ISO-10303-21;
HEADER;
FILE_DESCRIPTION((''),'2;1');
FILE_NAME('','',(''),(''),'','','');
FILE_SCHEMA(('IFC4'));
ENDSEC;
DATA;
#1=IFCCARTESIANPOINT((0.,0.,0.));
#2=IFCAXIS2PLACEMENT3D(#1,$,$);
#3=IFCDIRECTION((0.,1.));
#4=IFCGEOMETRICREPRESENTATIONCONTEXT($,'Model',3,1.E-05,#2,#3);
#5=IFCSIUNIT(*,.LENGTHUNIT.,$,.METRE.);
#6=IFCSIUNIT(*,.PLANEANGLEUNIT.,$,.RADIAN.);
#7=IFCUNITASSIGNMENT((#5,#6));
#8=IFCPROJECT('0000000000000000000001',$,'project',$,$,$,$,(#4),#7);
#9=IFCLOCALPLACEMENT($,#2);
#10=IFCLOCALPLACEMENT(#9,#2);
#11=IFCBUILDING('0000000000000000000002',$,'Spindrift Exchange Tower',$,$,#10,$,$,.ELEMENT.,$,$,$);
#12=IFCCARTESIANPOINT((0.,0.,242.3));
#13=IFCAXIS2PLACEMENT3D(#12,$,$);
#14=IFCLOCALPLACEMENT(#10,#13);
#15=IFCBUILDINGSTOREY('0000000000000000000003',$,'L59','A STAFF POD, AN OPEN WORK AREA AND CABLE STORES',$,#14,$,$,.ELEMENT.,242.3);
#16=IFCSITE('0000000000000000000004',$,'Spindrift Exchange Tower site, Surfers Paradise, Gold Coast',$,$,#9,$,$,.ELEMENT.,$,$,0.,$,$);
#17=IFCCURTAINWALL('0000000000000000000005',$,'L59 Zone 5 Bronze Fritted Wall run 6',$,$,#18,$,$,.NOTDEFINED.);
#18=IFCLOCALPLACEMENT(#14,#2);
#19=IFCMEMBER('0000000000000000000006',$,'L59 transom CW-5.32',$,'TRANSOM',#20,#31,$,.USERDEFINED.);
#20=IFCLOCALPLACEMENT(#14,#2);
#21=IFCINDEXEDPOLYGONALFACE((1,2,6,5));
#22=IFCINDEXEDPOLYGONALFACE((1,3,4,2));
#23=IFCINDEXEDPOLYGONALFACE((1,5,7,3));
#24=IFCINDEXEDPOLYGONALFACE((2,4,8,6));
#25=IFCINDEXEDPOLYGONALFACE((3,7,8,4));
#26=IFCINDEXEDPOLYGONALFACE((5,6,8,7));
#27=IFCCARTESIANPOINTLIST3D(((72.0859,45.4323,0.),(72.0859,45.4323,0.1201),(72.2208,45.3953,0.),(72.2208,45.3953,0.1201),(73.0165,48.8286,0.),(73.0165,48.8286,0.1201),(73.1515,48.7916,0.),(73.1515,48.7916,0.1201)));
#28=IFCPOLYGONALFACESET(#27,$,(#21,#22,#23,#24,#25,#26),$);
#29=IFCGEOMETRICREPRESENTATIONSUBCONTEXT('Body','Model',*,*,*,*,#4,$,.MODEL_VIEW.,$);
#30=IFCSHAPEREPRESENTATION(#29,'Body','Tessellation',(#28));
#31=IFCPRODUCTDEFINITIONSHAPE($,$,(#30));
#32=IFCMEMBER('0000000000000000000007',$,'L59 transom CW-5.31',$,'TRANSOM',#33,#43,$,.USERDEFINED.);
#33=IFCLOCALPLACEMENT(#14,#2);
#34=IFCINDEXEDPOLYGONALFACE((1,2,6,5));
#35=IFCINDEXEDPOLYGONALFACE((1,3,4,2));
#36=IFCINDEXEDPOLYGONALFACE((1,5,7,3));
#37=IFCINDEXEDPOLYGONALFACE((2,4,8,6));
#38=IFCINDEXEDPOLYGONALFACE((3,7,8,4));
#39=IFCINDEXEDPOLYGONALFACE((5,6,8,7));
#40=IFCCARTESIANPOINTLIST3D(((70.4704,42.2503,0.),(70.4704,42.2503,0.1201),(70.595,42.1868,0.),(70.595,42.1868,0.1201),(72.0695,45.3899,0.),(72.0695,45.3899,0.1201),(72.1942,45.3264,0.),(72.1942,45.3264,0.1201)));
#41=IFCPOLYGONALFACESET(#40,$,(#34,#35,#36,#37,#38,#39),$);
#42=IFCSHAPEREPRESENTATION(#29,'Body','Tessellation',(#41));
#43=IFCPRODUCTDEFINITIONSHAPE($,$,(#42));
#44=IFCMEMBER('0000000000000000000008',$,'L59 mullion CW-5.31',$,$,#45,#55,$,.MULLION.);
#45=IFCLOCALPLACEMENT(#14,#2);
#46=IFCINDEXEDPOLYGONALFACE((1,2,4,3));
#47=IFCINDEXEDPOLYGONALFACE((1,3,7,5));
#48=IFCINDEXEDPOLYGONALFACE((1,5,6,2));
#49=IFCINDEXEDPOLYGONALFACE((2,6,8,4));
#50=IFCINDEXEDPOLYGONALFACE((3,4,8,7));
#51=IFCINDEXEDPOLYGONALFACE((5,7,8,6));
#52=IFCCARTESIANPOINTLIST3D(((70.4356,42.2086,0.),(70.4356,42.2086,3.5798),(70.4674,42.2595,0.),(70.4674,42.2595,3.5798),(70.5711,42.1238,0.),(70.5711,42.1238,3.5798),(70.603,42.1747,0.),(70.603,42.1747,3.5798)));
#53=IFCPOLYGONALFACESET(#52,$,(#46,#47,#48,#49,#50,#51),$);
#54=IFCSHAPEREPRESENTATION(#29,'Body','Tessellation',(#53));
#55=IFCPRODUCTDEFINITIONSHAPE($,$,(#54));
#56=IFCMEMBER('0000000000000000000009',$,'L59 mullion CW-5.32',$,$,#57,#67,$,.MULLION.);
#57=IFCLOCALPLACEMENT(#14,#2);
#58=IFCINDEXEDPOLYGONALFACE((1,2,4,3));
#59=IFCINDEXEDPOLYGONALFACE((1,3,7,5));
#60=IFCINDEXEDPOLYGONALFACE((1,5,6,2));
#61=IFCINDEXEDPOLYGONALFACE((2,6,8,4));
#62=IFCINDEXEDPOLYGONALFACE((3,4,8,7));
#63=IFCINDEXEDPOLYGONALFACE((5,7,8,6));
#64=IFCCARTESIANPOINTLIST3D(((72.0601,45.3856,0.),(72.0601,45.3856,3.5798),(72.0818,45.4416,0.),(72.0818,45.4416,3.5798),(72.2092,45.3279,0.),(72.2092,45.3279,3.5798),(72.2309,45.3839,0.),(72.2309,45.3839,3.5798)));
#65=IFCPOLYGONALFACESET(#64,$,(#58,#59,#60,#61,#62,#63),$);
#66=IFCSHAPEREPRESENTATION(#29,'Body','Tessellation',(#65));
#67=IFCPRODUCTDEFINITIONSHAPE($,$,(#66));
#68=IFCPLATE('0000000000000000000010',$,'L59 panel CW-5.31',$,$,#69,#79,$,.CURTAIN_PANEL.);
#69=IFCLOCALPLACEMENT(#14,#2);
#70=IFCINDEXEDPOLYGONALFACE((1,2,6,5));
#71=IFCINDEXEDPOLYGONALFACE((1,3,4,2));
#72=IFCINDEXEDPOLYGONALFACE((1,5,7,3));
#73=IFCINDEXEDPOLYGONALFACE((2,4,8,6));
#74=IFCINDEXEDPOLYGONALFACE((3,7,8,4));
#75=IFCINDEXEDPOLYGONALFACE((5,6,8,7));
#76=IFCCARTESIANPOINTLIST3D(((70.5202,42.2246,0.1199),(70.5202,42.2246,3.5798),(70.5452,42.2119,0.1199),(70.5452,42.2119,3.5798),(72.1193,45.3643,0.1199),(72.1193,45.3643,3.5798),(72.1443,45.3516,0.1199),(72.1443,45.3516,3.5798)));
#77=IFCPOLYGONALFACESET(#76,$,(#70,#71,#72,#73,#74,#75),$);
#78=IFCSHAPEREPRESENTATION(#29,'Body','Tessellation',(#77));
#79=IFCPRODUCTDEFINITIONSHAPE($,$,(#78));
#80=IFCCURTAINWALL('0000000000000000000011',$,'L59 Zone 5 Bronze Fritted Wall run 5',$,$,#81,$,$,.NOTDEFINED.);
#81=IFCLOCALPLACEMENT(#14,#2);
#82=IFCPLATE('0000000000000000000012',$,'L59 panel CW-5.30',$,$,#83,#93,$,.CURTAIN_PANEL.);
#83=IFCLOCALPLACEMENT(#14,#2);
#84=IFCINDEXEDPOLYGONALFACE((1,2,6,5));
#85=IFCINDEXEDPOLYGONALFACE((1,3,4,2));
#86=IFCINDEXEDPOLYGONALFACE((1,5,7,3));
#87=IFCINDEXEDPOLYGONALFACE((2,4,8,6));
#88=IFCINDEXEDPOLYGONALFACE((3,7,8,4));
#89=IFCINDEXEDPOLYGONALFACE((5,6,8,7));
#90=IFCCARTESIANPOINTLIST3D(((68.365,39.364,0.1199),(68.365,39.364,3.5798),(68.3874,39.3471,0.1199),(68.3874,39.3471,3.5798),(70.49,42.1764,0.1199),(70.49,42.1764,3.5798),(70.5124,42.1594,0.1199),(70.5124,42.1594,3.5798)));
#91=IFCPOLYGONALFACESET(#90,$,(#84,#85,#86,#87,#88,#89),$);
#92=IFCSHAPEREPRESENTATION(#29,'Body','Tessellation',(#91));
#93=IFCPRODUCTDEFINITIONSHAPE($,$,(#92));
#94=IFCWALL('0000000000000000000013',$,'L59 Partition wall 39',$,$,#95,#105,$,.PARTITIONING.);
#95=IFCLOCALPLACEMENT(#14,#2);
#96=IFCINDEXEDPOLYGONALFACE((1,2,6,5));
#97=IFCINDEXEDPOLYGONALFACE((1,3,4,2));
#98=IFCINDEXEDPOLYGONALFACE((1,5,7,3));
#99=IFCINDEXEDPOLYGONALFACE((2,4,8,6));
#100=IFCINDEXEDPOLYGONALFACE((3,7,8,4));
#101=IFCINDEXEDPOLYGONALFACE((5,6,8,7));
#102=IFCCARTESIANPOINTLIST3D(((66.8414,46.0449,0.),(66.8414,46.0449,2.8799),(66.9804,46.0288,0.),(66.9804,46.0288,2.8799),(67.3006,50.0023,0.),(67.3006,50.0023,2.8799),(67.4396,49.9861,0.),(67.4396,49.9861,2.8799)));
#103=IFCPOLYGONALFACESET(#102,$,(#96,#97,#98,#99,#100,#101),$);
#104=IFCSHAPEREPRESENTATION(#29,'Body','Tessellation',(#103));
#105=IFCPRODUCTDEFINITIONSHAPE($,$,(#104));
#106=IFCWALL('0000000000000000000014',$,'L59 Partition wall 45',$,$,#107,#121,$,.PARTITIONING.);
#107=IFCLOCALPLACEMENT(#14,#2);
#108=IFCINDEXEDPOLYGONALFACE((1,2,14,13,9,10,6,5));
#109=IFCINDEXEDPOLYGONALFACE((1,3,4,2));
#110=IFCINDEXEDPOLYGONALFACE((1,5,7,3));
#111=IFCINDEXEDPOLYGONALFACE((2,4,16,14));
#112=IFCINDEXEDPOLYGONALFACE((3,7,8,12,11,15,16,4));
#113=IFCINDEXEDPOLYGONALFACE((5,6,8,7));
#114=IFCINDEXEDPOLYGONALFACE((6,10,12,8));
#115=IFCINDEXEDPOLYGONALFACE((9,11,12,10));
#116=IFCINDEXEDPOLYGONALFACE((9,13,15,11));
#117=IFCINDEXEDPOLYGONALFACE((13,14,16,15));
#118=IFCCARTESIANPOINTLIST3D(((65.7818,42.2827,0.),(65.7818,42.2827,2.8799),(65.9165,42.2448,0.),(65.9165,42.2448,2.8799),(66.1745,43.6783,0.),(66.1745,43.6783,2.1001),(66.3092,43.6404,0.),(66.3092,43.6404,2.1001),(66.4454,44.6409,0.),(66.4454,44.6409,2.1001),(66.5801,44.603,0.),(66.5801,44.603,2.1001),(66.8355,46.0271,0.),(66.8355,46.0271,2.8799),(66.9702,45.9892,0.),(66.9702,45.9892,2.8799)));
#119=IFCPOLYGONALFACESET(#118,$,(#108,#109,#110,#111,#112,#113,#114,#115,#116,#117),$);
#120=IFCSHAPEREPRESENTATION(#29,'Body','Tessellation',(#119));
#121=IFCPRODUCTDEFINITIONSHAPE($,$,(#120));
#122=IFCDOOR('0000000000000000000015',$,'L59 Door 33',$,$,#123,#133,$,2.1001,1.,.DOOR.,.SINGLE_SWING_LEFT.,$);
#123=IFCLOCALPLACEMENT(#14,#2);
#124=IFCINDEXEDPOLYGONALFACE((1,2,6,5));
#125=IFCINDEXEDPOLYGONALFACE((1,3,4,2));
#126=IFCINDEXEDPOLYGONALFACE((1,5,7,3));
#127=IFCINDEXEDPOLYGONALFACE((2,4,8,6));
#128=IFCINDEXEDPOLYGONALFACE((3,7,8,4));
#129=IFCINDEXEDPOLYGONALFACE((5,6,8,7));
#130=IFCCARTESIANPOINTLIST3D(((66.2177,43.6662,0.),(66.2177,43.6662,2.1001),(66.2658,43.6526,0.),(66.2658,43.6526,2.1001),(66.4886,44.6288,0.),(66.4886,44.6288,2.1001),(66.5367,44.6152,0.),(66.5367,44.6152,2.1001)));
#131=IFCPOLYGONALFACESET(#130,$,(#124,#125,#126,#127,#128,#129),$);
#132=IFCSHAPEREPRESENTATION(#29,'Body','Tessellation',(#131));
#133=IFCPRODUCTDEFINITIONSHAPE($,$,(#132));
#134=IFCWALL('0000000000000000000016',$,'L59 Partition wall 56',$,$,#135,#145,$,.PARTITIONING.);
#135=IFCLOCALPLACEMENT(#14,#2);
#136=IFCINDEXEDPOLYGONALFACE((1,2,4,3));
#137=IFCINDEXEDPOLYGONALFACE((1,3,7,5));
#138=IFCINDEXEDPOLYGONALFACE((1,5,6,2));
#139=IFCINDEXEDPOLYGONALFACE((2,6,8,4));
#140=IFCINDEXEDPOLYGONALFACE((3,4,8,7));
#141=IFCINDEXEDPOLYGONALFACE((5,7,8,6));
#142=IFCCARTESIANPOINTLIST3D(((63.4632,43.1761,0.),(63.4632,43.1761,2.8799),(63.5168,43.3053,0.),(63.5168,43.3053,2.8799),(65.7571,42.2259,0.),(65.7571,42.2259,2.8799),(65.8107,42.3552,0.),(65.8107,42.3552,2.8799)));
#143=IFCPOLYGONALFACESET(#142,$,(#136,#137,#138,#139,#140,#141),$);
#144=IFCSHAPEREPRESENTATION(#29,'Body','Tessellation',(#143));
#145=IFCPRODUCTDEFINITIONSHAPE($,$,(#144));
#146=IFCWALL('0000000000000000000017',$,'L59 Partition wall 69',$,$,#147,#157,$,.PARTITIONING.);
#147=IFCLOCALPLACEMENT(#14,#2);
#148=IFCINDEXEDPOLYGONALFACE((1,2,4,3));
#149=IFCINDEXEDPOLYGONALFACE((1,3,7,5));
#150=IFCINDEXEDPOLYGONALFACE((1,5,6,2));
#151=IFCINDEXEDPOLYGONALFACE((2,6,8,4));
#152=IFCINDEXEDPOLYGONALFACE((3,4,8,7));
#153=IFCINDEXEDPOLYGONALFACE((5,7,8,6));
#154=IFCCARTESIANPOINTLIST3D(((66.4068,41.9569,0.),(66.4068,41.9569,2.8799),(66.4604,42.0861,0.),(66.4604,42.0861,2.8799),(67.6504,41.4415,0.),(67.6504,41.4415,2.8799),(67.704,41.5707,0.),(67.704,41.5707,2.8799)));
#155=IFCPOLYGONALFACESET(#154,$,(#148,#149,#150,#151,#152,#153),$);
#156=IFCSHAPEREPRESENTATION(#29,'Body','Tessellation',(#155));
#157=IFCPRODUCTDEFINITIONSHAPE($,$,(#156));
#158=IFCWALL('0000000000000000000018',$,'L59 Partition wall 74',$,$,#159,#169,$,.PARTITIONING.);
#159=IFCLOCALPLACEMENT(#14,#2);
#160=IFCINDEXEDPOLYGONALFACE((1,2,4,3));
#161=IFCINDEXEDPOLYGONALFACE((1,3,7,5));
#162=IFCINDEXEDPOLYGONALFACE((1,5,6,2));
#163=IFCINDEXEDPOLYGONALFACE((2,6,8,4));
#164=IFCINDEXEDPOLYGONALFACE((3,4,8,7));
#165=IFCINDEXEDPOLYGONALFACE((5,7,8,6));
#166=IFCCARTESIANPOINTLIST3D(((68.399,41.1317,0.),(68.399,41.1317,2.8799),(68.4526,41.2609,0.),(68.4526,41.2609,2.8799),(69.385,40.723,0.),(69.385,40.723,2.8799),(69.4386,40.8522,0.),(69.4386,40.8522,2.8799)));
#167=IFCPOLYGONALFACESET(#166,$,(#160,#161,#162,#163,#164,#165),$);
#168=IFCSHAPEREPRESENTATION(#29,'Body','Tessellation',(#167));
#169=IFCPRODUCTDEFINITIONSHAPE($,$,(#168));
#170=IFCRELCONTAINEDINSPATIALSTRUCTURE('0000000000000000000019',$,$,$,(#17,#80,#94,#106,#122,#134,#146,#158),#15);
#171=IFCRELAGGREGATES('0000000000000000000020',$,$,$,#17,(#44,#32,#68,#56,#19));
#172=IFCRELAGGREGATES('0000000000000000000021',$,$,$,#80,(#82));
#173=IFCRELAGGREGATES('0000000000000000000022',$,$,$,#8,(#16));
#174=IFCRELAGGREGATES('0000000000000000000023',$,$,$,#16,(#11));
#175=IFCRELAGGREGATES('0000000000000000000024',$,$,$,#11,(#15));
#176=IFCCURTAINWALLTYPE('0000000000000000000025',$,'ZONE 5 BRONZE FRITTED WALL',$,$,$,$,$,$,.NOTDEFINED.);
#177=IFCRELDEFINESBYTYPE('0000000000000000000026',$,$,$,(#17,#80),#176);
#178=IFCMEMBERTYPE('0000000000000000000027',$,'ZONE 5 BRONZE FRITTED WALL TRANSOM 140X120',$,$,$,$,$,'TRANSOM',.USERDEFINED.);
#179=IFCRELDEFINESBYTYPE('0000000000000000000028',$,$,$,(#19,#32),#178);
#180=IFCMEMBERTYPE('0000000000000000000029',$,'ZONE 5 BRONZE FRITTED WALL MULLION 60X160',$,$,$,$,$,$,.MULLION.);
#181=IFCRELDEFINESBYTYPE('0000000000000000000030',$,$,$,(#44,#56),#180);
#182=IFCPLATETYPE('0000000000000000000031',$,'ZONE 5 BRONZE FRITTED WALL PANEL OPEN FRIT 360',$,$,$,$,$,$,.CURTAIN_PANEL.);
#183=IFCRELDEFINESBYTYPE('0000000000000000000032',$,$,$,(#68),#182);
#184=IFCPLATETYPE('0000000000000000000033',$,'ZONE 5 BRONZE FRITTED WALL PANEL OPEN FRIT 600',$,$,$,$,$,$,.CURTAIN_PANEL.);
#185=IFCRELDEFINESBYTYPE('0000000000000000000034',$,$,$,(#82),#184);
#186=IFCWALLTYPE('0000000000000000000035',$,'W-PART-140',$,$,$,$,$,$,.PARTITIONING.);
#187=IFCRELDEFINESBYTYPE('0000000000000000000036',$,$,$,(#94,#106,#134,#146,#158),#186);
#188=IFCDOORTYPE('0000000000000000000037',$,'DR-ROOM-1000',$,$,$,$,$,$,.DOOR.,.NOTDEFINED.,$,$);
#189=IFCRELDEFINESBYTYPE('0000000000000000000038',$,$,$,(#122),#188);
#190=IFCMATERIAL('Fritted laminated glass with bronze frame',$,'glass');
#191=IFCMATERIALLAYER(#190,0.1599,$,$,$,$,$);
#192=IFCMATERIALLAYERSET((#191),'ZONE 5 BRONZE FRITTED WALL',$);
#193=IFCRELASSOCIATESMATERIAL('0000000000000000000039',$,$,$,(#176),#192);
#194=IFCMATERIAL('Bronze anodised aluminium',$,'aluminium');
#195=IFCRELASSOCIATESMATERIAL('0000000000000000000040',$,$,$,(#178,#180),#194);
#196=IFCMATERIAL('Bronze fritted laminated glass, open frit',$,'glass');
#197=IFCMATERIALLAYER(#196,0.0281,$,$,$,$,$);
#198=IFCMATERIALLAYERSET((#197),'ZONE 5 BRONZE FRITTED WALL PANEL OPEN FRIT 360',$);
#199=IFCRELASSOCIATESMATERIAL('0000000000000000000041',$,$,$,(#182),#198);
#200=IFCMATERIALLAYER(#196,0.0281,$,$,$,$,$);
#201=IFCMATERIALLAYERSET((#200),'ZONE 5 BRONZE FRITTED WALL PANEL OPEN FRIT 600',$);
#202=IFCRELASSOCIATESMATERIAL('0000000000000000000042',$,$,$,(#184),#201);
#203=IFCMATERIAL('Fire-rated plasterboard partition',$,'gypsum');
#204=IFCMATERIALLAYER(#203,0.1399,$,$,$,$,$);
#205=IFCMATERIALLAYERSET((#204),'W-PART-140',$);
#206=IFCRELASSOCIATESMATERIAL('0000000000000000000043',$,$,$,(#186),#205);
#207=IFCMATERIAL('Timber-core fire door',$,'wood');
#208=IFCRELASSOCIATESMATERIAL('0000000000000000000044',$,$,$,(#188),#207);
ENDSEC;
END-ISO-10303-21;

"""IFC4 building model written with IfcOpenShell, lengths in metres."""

from ifc_helpers import new_model, si_unit, direction, frame, frame_2d, origin, origin_2d, place, context, subcontext, project, spatial, rectangle, extrude, source, transform, mapped, material, layer, layer_set, material_profile, profile_set, type_object, element, fill, aggregate, save


model = new_model("IFC4")

# Units and contexts
model_context = context("Model", 3, precision=1e-05, world=origin(), true_north=direction((0.0, 1.0)))
body_context = subcontext(model_context, "Body", "Model", "MODEL_VIEW")
ifc_project = project(units=[si_unit("LENGTHUNIT", "METRE"), si_unit("PLANEANGLEUNIT", "RADIAN")], contexts=[model_context])

# Site, building, storey
site_placement = place(None, origin())
site = spatial("IfcSite", under=ifc_project, at=site_placement, Name="Spindrift Exchange Tower site, Surfers Paradise, Gold Coast", CompositionType="ELEMENT", RefElevation=0.0)
building_placement = place(site_placement, origin())
building = spatial("IfcBuilding", under=site, at=building_placement, Name="Spindrift Exchange Tower", CompositionType="ELEMENT")
storey_placement = place(building_placement, frame((0.0, 0.0, 242.3)))
storey = spatial("IfcBuildingStorey", under=building, at=storey_placement, Name="L59", Description="A STAFF POD, AN OPEN WORK AREA AND CABLE STORES", CompositionType="ELEMENT", Elevation=242.3)

# Curtain wall, members, plate
ifc_material_1 = material(Name="Fritted laminated glass with bronze frame", Category="glass")
ifc_layer_1 = layer(ifc_material_1, 0.1599)
ifc_layer_set_1 = layer_set([ifc_layer_1], Name="ZONE 5 BRONZE FRITTED WALL")
curtain_wall_type = type_object("IfcCurtainWallType", Name="ZONE 5 BRONZE FRITTED WALL", PredefinedType="NOTDEFINED", material=ifc_layer_set_1)
curtain_wall_1_placement = place(storey_placement, origin())
curtain_wall_1 = element("IfcCurtainWall", 1, at=curtain_wall_1_placement, inside=storey, type_object=curtain_wall_type, Name="L59 Zone 5 Bronze Fritted Wall run 6", PredefinedType="NOTDEFINED")
ifc_material_2 = material(Name="Bronze anodised aluminium", Category="aluminium")
ifc_material_profile_1 = material_profile(ifc_material_2, rectangle(XDim=0.1399, YDim=0.1201, at=origin_2d()), Name="ZONE 5 BRONZE FRITTED WALL TRANSOM 140X120")
ifc_profile_set_1 = profile_set([ifc_material_profile_1], Name="Bronze anodised aluminium")
member_type_1 = type_object("IfcMemberType", Name="ZONE 5 BRONZE FRITTED WALL TRANSOM 140X120", ElementType="TRANSOM", PredefinedType="USERDEFINED", material=ifc_profile_set_1)
shared_shape_1 = source(origin(), body_context, "Body", "SweptSolid", [
    extrude(rectangle(XDim=0.1399, YDim=0.1201, at=origin_2d()), origin(), (0.0, 0.0, 1.0), 3.5215),
])
member_1_placement = place(storey_placement, frame((72.1533, 45.4138, 0.0601), z_axis=(0.264285, 0.964445, 0.0), x_axis=(-0.964445, 0.264285, 0.0)))
member_1 = element("IfcMember", 2, at=member_1_placement, type_object=member_type_1, Name="L59 transom CW-5.32", ObjectType="TRANSOM", PredefinedType="USERDEFINED", context=body_context, shape_type="MappedRepresentation", body=[
    mapped(shared_shape_1, transform((0.0, 0.0, 0.0), scale=1.0)),
])
shared_shape_2 = source(origin(), body_context, "Body", "SweptSolid", [
    extrude(rectangle(XDim=0.1399, YDim=0.1201, at=origin_2d()), origin(), (0.0, 0.0, 1.0), 3.5234),
])
member_2_placement = place(storey_placement, frame((70.5327, 42.2185, 0.0601), z_axis=(0.453853, 0.891077, 0.0), x_axis=(-0.891077, 0.453853, 0.0)))
member_2 = element("IfcMember", 3, at=member_2_placement, type_object=member_type_1, Name="L59 transom CW-5.31", ObjectType="TRANSOM", PredefinedType="USERDEFINED", context=body_context, shape_type="MappedRepresentation", body=[
    mapped(shared_shape_2, transform((0.0, 0.0, 0.0), scale=1.0)),
])
ifc_material_profile_2 = material_profile(ifc_material_2, rectangle(XDim=0.0601, YDim=0.1599, at=origin_2d()), Name="ZONE 5 BRONZE FRITTED WALL MULLION 60X160")
ifc_profile_set_2 = profile_set([ifc_material_profile_2], Name="Bronze anodised aluminium")
member_type_2 = type_object("IfcMemberType", Name="ZONE 5 BRONZE FRITTED WALL MULLION 60X160", PredefinedType="MULLION", material=ifc_profile_set_2)
shared_shape_3 = source(origin(), body_context, "Body", "SweptSolid", [
    extrude(rectangle(XDim=0.0601, YDim=0.1599, at=origin_2d()), origin(), (0.0, 0.0, 1.0), 3.5798),
])
member_3_placement = place(storey_placement, frame((70.5193, 42.1917, 0.0), z_axis=(0.0, 0.0, 1.0), x_axis=(0.530403, 0.847746, 0.0)))
member_3 = element("IfcMember", 4, at=member_3_placement, type_object=member_type_2, Name="L59 mullion CW-5.31", PredefinedType="MULLION", context=body_context, shape_type="MappedRepresentation", body=[
    mapped(shared_shape_3, transform((0.0, 0.0, 0.0), scale=1.0)),
])
member_4_placement = place(storey_placement, frame((72.1455, 45.3848, 0.0), z_axis=(0.0, 0.0, 1.0), x_axis=(0.360898, 0.932605, 0.0)))
member_4 = element("IfcMember", 5, at=member_4_placement, type_object=member_type_2, Name="L59 mullion CW-5.32", PredefinedType="MULLION", context=body_context, shape_type="MappedRepresentation", body=[
    mapped(shared_shape_3, transform((0.0, 0.0, 0.0), scale=1.0)),
])
ifc_material_3 = material(Name="Bronze fritted laminated glass, open frit", Category="glass")
ifc_layer_2 = layer(ifc_material_3, 0.0281)
ifc_layer_set_2 = layer_set([ifc_layer_2], Name="ZONE 5 BRONZE FRITTED WALL PANEL OPEN FRIT 360")
plate_type_1 = type_object("IfcPlateType", Name="ZONE 5 BRONZE FRITTED WALL PANEL OPEN FRIT 360", PredefinedType="CURTAIN_PANEL", material=ifc_layer_set_2)
shared_shape_4 = source(origin(), body_context, "Body", "SweptSolid", [
    extrude(rectangle(XDim=3.5234, YDim=0.0281, at=origin_2d()), origin(), (0.0, 0.0, 1.0), 3.46),
])
plate_1_placement = place(storey_placement, frame((71.3323, 43.7881, 0.1199), z_axis=(0.0, 0.0, 1.0), x_axis=(0.453843, 0.891082, 0.0)))
plate_1 = element("IfcPlate", 6, at=plate_1_placement, type_object=plate_type_1, Name="L59 panel CW-5.31", PredefinedType="CURTAIN_PANEL", context=body_context, shape_type="MappedRepresentation", body=[
    mapped(shared_shape_4, transform((0.0, 0.0, 0.0), scale=1.0)),
])
aggregate(curtain_wall_1, [member_3, member_2, plate_1, member_4, member_1])

# Curtain wall, plate
curtain_wall_2_placement = place(storey_placement, origin())
curtain_wall_2 = element("IfcCurtainWall", 7, at=curtain_wall_2_placement, inside=storey, type_object=curtain_wall_type, Name="L59 Zone 5 Bronze Fritted Wall run 5", PredefinedType="NOTDEFINED")
ifc_layer_3 = layer(ifc_material_3, 0.0281)
ifc_layer_set_3 = layer_set([ifc_layer_3], Name="ZONE 5 BRONZE FRITTED WALL PANEL OPEN FRIT 600")
plate_type_2 = type_object("IfcPlateType", Name="ZONE 5 BRONZE FRITTED WALL PANEL OPEN FRIT 600", PredefinedType="CURTAIN_PANEL", material=ifc_layer_set_3)
shared_shape_5 = source(origin(), body_context, "Body", "SweptSolid", [
    extrude(rectangle(XDim=3.5249, YDim=0.0281, at=origin_2d()), origin(), (0.0, 0.0, 1.0), 3.46),
])
plate_2_placement = place(storey_placement, frame((69.4387, 40.7617, 0.1199), z_axis=(0.0, 0.0, 1.0), x_axis=(0.602857, 0.797849, 0.0)))
plate_2 = element("IfcPlate", 8, at=plate_2_placement, type_object=plate_type_2, Name="L59 panel CW-5.30", PredefinedType="CURTAIN_PANEL", context=body_context, shape_type="MappedRepresentation", body=[
    mapped(shared_shape_5, transform((0.0, 0.0, 0.0), scale=1.0)),
])
aggregate(curtain_wall_2, [plate_2])

# Wall
ifc_material_4 = material(Name="Fire-rated plasterboard partition", Category="gypsum")
ifc_layer_4 = layer(ifc_material_4, 0.1399)
ifc_layer_set_4 = layer_set([ifc_layer_4], Name="W-PART-140")
wall_type = type_object("IfcWallType", Name="W-PART-140", PredefinedType="PARTITIONING", material=ifc_layer_set_4)
wall_1_placement = place(storey_placement, frame((66.9109, 46.0369, 0.0), z_axis=(0.0, 0.0, 1.0), x_axis=(0.115273, 0.993334, 0.0)))
element("IfcWall", 9, at=wall_1_placement, inside=storey, type_object=wall_type, Name="L59 Partition wall 39", PredefinedType="PARTITIONING", context=body_context, shape_type="SweptSolid", body=[
    extrude(rectangle(XDim=3.9839, YDim=0.1399, at=frame_2d((1.9919, 0.0))), origin(), (0.0, 0.0, 1.0), 2.8799),
])

# Wall, opening, door
wall_2_placement = place(storey_placement, frame((66.9028, 46.0081, 0.0), z_axis=(0.0, 0.0, 1.0), x_axis=(-0.270889, -0.962611, 0.0)))
wall_2 = element("IfcWall", 10, at=wall_2_placement, inside=storey, type_object=wall_type, Name="L59 Partition wall 45", PredefinedType="PARTITIONING", context=body_context, shape_type="SweptSolid", body=[
    extrude(rectangle(XDim=3.8899, YDim=0.1399, at=frame_2d((1.9448, 0.0))), origin(), (0.0, 0.0, 1.0), 2.8799),
])
opening_placement = place(wall_2_placement, frame((1.4399, 0.0, 0.0)))
opening = element("IfcOpeningElement", 11, at=opening_placement, cuts=wall_2, PredefinedType="OPENING", context=body_context, shape_type="SweptSolid", body=[
    extrude(rectangle(XDim=1.0, YDim=2.1001, at=frame_2d((0.5, 1.05))), frame((0.0, 0.0798, 0.0), z_axis=(0.0, -1.0, 0.0), x_axis=(1.0, 0.0, 0.0)), (0.0, 0.0, 1.0), 0.1599),
])
ifc_material_5 = material(Name="Timber-core fire door", Category="wood")
door_type = type_object("IfcDoorType", Name="DR-ROOM-1000", OperationType="NOTDEFINED", PredefinedType="DOOR", material=ifc_material_5)
shared_shape_6 = source(origin(), body_context, "Body", "SweptSolid", [
    extrude(rectangle(XDim=1.0, YDim=2.1001, at=frame_2d((0.5, 1.05))), frame((0.0, 0.0249, 0.0), z_axis=(0.0, -1.0, 0.0), x_axis=(1.0, 0.0, 0.0)), (0.0, 0.0, 1.0), 0.05),
])
door_placement = place(opening_placement, origin())
door = element("IfcDoor", 12, at=door_placement, inside=storey, type_object=door_type, Name="L59 Door 33", OperationType="SINGLE_SWING_LEFT", OverallHeight=2.1001, OverallWidth=1.0, PredefinedType="DOOR", context=body_context, shape_type="MappedRepresentation", body=[
    mapped(shared_shape_6, transform((0.0, 0.0, 0.0), scale=1.0)),
])
fill(opening, door)

# Walls
wall_3_placement = place(storey_placement, frame((63.49, 43.2407, 0.0), z_axis=(0.0, 0.0, 1.0), x_axis=(0.923878, -0.382688, 0.0)))
element("IfcWall", 13, at=wall_3_placement, inside=storey, type_object=wall_type, Name="L59 Partition wall 56", PredefinedType="PARTITIONING", context=body_context, shape_type="SweptSolid", body=[
    extrude(rectangle(XDim=2.4829, YDim=0.1399, at=frame_2d((1.2415, 0.0))), origin(), (0.0, 0.0, 1.0), 2.8799),
])
wall_4_placement = place(storey_placement, frame((66.4336, 42.0215, 0.0), z_axis=(0.0, 0.0, 1.0), x_axis=(0.923816, -0.382838, 0.0)))
element("IfcWall", 14, at=wall_4_placement, inside=storey, type_object=wall_type, Name="L59 Partition wall 69", PredefinedType="PARTITIONING", context=body_context, shape_type="SweptSolid", body=[
    extrude(rectangle(XDim=1.3462, YDim=0.1399, at=frame_2d((0.6731, 0.0))), origin(), (0.0, 0.0, 1.0), 2.8799),
])
wall_5_placement = place(storey_placement, frame((68.4258, 41.1963, 0.0), z_axis=(0.0, 0.0, 1.0), x_axis=(0.923799, -0.382877, 0.0)))
element("IfcWall", 15, at=wall_5_placement, inside=storey, type_object=wall_type, Name="L59 Partition wall 74", PredefinedType="PARTITIONING", context=body_context, shape_type="SweptSolid", body=[
    extrude(rectangle(XDim=1.0674, YDim=0.1399, at=frame_2d((0.5337, 0.0))), origin(), (0.0, 0.0, 1.0), 2.8799),
])

save(model, "model.ifc")
